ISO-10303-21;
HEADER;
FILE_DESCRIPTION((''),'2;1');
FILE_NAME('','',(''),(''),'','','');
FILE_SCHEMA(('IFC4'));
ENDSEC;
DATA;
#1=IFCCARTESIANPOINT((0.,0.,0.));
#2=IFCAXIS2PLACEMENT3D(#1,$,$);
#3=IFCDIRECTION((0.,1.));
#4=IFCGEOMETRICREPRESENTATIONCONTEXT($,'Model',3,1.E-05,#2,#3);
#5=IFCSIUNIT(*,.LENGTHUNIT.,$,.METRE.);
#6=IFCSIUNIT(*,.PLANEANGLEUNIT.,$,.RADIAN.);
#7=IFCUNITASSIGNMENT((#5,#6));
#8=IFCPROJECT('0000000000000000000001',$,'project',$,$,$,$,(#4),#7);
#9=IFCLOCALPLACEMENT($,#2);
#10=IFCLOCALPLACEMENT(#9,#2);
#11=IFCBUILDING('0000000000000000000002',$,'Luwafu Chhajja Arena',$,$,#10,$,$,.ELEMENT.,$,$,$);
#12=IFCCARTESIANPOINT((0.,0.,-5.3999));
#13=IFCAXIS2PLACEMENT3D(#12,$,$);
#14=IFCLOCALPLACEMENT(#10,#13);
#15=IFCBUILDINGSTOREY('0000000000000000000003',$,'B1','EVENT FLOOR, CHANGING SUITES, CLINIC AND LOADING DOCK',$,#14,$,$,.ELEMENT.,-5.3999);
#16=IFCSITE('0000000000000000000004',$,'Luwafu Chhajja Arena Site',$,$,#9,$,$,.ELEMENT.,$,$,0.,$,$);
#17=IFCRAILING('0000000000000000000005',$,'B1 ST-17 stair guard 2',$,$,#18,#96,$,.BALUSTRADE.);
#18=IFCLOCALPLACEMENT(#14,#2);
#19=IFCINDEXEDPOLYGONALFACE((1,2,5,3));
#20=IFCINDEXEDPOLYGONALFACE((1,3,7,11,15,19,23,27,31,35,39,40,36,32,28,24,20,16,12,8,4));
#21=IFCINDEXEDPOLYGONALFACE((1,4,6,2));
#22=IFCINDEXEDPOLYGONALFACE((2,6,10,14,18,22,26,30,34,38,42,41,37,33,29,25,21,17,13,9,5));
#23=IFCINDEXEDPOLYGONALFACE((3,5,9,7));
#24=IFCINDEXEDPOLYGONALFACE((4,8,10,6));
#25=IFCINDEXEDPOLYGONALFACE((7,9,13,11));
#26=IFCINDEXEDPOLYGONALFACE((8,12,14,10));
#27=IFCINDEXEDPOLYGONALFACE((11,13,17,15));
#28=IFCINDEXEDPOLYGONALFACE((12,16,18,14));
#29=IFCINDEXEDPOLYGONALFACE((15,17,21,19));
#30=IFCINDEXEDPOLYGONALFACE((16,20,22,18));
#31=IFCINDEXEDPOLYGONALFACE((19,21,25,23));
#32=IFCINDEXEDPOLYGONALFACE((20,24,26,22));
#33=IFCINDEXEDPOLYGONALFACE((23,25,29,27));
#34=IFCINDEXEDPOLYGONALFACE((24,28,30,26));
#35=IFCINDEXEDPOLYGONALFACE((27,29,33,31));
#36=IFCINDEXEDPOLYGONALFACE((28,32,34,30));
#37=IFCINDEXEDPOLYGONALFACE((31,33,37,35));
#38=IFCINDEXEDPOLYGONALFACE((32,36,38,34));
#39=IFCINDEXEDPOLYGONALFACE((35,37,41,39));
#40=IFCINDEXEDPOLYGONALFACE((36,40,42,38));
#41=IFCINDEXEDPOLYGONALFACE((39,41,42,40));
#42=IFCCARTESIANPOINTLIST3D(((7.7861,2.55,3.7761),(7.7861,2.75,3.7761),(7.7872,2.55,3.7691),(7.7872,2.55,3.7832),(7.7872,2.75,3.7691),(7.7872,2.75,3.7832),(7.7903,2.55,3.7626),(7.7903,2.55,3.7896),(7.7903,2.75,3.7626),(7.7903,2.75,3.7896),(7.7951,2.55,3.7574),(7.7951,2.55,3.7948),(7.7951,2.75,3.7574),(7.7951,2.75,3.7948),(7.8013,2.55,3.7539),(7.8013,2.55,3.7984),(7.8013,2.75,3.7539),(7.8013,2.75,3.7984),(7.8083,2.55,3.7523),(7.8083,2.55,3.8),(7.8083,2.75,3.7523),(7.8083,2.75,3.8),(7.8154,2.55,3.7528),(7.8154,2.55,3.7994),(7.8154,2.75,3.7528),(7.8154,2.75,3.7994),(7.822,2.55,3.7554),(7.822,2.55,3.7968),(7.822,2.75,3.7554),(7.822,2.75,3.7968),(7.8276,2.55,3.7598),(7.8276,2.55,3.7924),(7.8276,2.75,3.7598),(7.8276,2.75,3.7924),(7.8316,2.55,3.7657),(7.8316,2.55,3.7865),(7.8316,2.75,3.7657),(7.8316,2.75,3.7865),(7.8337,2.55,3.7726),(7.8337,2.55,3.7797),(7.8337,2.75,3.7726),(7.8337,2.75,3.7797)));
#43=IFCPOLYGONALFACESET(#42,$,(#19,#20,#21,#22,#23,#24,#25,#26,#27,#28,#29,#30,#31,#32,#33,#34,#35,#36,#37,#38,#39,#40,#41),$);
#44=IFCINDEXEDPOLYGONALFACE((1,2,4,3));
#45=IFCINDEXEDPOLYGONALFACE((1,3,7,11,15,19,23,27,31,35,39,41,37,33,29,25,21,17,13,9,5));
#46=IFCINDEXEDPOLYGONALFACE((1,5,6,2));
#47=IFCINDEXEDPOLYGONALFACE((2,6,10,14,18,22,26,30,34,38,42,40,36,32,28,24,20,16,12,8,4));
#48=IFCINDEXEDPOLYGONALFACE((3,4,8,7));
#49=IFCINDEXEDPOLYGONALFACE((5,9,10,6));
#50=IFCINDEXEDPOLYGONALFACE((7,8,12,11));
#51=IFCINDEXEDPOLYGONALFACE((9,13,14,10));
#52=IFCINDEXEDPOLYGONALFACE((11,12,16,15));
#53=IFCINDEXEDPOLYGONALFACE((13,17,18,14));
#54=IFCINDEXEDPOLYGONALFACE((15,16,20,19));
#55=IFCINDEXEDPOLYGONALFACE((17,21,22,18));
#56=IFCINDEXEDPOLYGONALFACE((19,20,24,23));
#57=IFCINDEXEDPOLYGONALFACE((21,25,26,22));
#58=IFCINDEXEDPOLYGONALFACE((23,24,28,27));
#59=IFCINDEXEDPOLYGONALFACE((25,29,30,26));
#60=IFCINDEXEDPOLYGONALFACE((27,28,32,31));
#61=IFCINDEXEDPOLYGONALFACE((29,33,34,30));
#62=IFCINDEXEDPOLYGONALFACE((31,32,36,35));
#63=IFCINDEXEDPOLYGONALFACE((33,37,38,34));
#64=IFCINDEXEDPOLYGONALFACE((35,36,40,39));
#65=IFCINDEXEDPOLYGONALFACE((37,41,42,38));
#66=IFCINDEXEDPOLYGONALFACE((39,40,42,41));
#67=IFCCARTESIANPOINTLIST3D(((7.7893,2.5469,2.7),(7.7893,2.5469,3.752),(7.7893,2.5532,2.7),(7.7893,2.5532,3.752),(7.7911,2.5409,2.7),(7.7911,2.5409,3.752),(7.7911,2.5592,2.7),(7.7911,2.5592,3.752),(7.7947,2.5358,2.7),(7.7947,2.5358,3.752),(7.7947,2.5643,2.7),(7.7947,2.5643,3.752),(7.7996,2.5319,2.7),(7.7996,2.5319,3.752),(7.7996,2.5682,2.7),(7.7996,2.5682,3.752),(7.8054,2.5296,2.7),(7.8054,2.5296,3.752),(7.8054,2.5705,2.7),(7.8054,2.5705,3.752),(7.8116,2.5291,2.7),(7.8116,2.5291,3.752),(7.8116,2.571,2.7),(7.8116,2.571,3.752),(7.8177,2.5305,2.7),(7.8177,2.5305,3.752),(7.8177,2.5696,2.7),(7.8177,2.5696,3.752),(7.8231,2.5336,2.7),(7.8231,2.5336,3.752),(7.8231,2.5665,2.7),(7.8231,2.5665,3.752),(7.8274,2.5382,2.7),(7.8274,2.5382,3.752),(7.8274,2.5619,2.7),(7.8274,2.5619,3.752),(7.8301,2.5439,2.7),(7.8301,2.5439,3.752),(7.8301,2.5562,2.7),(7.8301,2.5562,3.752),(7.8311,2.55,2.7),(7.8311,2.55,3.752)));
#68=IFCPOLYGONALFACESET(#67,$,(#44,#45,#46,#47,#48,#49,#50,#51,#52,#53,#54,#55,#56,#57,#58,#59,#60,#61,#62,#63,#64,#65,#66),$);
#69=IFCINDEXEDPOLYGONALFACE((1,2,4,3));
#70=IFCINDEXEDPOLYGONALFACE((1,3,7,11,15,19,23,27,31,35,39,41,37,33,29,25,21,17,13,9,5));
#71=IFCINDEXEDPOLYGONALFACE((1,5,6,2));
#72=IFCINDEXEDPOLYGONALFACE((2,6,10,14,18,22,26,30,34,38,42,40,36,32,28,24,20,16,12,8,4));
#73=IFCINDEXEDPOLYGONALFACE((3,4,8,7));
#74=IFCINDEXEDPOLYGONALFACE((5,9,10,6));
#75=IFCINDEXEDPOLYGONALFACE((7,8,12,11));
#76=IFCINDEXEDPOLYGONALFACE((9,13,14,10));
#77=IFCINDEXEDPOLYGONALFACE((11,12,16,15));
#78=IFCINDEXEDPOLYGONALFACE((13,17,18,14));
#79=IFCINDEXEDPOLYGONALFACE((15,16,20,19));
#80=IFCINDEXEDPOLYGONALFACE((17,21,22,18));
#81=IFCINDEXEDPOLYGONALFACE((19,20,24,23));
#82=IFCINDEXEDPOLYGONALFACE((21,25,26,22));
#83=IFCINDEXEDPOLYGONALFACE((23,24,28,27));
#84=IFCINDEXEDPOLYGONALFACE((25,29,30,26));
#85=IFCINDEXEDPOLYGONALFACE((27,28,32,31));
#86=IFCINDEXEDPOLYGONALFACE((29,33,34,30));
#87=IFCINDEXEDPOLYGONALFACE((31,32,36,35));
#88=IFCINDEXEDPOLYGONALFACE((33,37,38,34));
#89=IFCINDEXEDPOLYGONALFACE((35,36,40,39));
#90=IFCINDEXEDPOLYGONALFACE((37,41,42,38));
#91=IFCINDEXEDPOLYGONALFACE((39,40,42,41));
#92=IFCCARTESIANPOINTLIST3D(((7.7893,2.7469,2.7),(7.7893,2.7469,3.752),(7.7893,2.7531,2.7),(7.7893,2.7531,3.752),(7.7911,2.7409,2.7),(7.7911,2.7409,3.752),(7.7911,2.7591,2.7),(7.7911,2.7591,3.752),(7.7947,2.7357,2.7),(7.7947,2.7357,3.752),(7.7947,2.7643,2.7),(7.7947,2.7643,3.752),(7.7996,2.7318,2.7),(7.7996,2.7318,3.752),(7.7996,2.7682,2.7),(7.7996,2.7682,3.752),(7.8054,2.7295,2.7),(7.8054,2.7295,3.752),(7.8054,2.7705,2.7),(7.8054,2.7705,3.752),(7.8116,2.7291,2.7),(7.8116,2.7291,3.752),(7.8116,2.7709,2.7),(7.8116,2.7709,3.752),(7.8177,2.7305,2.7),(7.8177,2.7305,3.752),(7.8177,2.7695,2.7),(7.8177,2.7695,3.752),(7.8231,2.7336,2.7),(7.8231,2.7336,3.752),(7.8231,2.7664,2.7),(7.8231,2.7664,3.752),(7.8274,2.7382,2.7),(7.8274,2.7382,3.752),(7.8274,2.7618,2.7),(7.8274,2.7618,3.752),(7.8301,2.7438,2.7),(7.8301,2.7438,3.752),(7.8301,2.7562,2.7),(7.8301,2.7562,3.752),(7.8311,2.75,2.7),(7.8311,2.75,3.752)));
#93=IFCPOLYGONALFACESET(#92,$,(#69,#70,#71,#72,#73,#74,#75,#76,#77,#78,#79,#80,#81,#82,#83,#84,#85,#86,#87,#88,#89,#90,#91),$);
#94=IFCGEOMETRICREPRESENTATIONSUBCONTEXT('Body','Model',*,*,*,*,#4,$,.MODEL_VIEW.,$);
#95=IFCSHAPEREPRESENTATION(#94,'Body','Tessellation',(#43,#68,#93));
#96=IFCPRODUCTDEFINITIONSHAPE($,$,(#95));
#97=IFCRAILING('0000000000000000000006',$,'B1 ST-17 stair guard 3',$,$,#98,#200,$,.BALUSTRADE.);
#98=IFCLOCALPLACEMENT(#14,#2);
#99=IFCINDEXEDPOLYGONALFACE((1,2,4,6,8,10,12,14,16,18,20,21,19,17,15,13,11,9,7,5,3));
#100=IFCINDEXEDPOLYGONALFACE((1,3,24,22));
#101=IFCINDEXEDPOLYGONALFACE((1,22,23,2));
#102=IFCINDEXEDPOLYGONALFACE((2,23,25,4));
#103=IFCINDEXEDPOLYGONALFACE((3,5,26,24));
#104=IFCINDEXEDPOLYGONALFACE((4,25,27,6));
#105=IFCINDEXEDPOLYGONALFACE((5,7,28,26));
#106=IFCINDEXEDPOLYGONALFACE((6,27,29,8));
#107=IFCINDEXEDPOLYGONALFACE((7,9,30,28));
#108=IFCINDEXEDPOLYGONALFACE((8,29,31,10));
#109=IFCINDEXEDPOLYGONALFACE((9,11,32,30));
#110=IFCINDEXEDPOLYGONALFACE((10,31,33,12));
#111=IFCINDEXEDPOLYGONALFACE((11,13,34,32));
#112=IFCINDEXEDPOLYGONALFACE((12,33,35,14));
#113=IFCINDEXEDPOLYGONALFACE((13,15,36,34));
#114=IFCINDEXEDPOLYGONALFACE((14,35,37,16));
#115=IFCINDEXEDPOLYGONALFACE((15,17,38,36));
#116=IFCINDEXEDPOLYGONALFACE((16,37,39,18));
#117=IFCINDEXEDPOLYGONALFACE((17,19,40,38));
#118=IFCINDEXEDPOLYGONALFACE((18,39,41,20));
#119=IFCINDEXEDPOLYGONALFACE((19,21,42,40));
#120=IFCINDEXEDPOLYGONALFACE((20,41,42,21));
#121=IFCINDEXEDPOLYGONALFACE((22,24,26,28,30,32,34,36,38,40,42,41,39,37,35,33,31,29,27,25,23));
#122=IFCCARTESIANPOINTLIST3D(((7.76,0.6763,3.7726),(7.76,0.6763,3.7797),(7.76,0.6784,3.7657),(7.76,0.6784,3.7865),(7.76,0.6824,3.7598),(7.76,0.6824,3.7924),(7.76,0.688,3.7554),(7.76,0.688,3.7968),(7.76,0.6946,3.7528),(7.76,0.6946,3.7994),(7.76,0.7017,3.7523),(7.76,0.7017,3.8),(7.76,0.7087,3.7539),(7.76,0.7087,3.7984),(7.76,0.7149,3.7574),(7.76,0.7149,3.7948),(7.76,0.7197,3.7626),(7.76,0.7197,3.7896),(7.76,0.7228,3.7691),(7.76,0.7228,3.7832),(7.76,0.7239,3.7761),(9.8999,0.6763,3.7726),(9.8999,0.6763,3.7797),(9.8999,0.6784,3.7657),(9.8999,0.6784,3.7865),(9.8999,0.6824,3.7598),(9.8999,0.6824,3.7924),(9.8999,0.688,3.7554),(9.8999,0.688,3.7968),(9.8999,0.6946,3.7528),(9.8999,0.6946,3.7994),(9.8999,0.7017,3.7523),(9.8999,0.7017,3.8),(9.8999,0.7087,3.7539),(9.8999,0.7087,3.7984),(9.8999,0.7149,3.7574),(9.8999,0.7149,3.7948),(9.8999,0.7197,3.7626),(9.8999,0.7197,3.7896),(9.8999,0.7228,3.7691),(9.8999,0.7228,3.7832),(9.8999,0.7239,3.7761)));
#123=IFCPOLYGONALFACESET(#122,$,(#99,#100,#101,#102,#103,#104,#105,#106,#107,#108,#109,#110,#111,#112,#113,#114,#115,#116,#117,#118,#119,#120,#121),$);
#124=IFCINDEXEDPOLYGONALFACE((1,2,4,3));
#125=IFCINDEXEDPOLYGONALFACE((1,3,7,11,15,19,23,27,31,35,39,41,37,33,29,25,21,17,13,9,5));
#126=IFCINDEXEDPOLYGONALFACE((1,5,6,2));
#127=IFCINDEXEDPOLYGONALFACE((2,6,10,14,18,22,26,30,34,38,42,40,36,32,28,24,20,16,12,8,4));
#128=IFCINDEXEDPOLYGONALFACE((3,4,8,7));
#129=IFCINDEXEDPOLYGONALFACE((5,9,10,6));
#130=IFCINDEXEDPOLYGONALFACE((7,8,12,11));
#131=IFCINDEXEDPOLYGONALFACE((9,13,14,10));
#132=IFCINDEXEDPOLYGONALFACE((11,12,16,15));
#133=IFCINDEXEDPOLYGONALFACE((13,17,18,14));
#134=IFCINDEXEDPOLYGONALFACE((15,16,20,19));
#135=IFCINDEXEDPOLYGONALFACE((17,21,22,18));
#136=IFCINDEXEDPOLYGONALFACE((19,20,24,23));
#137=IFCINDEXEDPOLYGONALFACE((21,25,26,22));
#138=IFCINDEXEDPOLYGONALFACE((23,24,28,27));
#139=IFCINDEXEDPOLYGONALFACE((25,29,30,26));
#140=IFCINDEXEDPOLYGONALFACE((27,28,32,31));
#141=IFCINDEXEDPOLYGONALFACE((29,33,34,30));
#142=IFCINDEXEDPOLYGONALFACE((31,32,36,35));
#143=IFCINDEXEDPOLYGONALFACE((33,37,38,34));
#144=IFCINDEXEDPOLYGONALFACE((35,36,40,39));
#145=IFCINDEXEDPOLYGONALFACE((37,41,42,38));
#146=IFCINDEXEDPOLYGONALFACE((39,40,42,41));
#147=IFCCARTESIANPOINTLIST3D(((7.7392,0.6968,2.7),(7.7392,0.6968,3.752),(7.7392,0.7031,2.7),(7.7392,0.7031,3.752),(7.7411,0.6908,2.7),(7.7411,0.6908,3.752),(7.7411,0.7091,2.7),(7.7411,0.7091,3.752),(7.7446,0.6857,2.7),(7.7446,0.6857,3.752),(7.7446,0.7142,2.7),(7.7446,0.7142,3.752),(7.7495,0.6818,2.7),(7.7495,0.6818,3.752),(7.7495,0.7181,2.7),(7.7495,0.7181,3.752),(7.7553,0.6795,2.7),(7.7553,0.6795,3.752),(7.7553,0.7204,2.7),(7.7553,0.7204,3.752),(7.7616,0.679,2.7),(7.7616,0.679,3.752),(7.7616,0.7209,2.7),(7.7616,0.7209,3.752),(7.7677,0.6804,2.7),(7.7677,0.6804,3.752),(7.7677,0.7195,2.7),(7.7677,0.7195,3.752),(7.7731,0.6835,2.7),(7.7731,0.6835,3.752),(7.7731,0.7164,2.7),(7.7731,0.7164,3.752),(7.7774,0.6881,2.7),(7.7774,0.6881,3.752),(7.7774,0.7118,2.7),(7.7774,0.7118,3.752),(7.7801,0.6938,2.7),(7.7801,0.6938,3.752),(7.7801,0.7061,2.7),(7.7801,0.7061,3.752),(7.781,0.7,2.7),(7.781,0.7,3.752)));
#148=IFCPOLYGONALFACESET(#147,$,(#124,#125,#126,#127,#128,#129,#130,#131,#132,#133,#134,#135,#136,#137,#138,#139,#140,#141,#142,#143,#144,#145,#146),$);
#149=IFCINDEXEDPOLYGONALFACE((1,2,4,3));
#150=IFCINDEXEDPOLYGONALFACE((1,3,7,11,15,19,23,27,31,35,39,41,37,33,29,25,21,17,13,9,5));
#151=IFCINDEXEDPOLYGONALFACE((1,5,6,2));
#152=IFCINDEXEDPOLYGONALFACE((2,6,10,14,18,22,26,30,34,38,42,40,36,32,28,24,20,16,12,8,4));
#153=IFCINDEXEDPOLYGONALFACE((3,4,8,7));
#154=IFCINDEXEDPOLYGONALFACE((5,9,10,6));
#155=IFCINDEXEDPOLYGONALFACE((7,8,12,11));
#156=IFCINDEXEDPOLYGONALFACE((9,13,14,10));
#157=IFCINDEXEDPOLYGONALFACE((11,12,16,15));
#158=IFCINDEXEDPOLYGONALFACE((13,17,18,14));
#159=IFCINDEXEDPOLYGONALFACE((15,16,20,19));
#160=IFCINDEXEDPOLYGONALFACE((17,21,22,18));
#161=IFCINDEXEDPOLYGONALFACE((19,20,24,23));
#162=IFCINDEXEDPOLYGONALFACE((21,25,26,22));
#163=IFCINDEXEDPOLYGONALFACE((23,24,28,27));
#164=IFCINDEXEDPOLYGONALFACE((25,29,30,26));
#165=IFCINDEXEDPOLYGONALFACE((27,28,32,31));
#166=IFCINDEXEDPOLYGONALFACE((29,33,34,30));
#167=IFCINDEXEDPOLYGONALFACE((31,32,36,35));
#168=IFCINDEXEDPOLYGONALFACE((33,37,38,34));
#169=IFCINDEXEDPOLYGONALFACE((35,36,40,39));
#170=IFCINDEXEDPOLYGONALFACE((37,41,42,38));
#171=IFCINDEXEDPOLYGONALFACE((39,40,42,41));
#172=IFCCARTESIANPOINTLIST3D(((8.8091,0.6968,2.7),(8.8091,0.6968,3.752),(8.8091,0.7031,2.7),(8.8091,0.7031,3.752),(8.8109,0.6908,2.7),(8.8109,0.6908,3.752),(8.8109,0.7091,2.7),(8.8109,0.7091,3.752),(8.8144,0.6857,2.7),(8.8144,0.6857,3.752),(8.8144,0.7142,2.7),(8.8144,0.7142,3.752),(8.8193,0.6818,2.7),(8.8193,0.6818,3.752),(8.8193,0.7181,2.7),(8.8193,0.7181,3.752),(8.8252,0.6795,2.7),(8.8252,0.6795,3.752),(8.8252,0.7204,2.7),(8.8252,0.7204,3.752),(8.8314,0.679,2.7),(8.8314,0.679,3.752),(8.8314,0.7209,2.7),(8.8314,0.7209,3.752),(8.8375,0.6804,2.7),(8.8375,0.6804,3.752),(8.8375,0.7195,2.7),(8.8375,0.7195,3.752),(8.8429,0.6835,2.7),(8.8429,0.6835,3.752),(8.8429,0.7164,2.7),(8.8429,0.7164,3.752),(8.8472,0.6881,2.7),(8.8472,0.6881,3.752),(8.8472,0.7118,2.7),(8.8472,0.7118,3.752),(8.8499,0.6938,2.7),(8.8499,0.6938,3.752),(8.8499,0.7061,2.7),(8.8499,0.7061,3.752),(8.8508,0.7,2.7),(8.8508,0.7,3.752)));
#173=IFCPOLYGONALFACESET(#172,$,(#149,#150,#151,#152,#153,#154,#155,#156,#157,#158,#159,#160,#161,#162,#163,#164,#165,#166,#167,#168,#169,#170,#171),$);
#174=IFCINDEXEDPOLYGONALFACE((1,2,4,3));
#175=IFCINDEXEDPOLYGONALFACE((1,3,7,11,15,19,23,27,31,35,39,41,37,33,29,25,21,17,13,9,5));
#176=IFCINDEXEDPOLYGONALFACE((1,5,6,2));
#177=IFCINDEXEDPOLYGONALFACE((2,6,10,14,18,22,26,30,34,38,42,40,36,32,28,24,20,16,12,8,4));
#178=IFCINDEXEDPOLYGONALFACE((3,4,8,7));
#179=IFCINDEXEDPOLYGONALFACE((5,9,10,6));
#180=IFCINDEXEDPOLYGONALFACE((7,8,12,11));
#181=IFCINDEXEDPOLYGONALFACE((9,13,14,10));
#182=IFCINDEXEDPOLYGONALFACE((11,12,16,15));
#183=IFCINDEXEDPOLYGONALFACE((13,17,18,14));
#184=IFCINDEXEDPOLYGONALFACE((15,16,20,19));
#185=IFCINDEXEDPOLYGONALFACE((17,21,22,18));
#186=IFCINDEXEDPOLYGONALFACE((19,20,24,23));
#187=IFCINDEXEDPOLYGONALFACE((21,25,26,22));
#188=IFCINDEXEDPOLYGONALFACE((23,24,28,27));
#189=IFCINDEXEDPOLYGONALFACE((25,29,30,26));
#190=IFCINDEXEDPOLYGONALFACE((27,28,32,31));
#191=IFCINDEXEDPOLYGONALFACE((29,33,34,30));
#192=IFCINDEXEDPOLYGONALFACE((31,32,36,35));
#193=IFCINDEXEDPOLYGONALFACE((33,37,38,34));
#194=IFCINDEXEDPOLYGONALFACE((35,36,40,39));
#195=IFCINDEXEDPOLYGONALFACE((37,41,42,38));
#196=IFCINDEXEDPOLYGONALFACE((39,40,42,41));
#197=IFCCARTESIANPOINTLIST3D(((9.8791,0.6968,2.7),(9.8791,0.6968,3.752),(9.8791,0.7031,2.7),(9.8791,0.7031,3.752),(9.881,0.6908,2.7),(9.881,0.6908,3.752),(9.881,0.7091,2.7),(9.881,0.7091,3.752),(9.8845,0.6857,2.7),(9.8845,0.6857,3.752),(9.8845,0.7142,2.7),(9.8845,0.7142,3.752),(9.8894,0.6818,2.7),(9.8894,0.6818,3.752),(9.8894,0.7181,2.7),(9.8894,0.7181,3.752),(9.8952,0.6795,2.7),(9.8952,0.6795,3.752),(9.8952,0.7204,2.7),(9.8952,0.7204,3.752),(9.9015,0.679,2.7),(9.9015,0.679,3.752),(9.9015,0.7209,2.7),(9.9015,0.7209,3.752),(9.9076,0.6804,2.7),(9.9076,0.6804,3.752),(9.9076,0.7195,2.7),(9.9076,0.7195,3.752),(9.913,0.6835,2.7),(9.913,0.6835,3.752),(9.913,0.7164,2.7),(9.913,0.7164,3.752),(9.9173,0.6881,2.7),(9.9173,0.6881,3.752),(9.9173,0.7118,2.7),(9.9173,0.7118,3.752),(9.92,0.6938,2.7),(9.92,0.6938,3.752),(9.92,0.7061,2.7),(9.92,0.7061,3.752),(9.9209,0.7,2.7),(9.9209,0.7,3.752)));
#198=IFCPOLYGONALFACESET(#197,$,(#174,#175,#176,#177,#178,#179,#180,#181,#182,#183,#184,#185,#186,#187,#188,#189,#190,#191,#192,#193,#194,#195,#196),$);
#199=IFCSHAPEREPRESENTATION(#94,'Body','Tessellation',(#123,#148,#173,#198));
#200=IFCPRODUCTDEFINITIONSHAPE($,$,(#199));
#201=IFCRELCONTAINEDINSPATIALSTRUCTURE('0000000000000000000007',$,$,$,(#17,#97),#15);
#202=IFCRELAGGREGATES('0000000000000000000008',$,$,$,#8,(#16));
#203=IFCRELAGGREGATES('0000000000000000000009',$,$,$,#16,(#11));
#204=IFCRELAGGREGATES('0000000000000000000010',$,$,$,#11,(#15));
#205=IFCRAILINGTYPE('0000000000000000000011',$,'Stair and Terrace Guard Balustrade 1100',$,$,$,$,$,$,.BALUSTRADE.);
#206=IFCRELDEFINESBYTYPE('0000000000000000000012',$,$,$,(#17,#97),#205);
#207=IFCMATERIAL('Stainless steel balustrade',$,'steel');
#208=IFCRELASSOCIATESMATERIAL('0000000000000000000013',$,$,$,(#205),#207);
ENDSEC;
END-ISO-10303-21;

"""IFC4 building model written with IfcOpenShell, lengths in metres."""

from ifc_helpers import new_model, si_unit, direction, frame, origin, origin_2d, place, context, subcontext, project, spatial, circle, extrude, material, type_object, element, save


model = new_model("IFC4")

# Units and contexts
model_context = context("Model", 3, precision=1e-05, world=origin(), true_north=direction((0.0, 1.0)))
body_context = subcontext(model_context, "Body", "Model", "MODEL_VIEW")
ifc_project = project(units=[si_unit("LENGTHUNIT", "METRE"), si_unit("PLANEANGLEUNIT", "RADIAN")], contexts=[model_context])

# Site, building, storey
site_placement = place(None, origin())
site = spatial("IfcSite", under=ifc_project, at=site_placement, Name="Luwafu Chhajja Arena Site", CompositionType="ELEMENT", RefElevation=0.0)
building_placement = place(site_placement, origin())
building = spatial("IfcBuilding", under=site, at=building_placement, Name="Luwafu Chhajja Arena", CompositionType="ELEMENT")
storey_placement = place(building_placement, frame((0.0, 0.0, -5.3999)))
storey = spatial("IfcBuildingStorey", under=building, at=storey_placement, Name="B1", Description="EVENT FLOOR, CHANGING SUITES, CLINIC AND LOADING DOCK", CompositionType="ELEMENT", Elevation=-5.3999)

# Railings
ifc_material_1 = material(Name="Stainless steel balustrade", Category="steel")
railing_type_1 = type_object("IfcRailingType", Name="Stair and Terrace Guard Balustrade 1100", PredefinedType="BALUSTRADE", material=ifc_material_1)
railing_1_placement = place(storey_placement, frame((7.8101, 2.55, 2.7)))
element("IfcRailing", 1, at=railing_1_placement, inside=storey, type_object=railing_type_1, Name="B1 ST-17 stair guard 2", PredefinedType="BALUSTRADE", context=body_context, shape_type="SweptSolid", body=[
    extrude(circle(Radius=0.0239, at=origin_2d()), frame((0.0, 0.0, 1.0762), z_axis=(0.0, 1.0, 0.0), x_axis=(-1.0, 0.0, 0.0)), (0.0, 0.0, 1.0), 0.2),
    extrude(circle(Radius=0.021, at=origin_2d()), origin(), (0.0, 0.0, 1.0), 1.052),
    extrude(circle(Radius=0.021, at=origin_2d()), frame((0.0, 0.2, 0.0)), (0.0, 0.0, 1.0), 1.052),
])
for number, where, name in (
    (2, (7.76, 0.7, 2.7), "B1 ST-17 stair guard 3"),
):
    element("IfcRailing", number, at=place(storey_placement, frame(where)), inside=storey, type_object=railing_type_1, Name=name, PredefinedType="BALUSTRADE", context=body_context, shape_type="SweptSolid", body=[
        extrude(circle(Radius=0.0239, at=origin_2d()), frame((0.0, 0.0, 1.0762), z_axis=(1.0, 0.0, 0.0), x_axis=(0.0, 1.0, 0.0)), (0.0, 0.0, 1.0), 2.1399),
        extrude(circle(Radius=0.021, at=origin_2d()), origin(), (0.0, 0.0, 1.0), 1.052),
        extrude(circle(Radius=0.021, at=origin_2d()), frame((1.0698, 0.0, 0.0)), (0.0, 0.0, 1.0), 1.052),
        extrude(circle(Radius=0.021, at=origin_2d()), frame((2.1399, 0.0, 0.0)), (0.0, 0.0, 1.0), 1.052),
    ])

save(model, "model.ifc")
